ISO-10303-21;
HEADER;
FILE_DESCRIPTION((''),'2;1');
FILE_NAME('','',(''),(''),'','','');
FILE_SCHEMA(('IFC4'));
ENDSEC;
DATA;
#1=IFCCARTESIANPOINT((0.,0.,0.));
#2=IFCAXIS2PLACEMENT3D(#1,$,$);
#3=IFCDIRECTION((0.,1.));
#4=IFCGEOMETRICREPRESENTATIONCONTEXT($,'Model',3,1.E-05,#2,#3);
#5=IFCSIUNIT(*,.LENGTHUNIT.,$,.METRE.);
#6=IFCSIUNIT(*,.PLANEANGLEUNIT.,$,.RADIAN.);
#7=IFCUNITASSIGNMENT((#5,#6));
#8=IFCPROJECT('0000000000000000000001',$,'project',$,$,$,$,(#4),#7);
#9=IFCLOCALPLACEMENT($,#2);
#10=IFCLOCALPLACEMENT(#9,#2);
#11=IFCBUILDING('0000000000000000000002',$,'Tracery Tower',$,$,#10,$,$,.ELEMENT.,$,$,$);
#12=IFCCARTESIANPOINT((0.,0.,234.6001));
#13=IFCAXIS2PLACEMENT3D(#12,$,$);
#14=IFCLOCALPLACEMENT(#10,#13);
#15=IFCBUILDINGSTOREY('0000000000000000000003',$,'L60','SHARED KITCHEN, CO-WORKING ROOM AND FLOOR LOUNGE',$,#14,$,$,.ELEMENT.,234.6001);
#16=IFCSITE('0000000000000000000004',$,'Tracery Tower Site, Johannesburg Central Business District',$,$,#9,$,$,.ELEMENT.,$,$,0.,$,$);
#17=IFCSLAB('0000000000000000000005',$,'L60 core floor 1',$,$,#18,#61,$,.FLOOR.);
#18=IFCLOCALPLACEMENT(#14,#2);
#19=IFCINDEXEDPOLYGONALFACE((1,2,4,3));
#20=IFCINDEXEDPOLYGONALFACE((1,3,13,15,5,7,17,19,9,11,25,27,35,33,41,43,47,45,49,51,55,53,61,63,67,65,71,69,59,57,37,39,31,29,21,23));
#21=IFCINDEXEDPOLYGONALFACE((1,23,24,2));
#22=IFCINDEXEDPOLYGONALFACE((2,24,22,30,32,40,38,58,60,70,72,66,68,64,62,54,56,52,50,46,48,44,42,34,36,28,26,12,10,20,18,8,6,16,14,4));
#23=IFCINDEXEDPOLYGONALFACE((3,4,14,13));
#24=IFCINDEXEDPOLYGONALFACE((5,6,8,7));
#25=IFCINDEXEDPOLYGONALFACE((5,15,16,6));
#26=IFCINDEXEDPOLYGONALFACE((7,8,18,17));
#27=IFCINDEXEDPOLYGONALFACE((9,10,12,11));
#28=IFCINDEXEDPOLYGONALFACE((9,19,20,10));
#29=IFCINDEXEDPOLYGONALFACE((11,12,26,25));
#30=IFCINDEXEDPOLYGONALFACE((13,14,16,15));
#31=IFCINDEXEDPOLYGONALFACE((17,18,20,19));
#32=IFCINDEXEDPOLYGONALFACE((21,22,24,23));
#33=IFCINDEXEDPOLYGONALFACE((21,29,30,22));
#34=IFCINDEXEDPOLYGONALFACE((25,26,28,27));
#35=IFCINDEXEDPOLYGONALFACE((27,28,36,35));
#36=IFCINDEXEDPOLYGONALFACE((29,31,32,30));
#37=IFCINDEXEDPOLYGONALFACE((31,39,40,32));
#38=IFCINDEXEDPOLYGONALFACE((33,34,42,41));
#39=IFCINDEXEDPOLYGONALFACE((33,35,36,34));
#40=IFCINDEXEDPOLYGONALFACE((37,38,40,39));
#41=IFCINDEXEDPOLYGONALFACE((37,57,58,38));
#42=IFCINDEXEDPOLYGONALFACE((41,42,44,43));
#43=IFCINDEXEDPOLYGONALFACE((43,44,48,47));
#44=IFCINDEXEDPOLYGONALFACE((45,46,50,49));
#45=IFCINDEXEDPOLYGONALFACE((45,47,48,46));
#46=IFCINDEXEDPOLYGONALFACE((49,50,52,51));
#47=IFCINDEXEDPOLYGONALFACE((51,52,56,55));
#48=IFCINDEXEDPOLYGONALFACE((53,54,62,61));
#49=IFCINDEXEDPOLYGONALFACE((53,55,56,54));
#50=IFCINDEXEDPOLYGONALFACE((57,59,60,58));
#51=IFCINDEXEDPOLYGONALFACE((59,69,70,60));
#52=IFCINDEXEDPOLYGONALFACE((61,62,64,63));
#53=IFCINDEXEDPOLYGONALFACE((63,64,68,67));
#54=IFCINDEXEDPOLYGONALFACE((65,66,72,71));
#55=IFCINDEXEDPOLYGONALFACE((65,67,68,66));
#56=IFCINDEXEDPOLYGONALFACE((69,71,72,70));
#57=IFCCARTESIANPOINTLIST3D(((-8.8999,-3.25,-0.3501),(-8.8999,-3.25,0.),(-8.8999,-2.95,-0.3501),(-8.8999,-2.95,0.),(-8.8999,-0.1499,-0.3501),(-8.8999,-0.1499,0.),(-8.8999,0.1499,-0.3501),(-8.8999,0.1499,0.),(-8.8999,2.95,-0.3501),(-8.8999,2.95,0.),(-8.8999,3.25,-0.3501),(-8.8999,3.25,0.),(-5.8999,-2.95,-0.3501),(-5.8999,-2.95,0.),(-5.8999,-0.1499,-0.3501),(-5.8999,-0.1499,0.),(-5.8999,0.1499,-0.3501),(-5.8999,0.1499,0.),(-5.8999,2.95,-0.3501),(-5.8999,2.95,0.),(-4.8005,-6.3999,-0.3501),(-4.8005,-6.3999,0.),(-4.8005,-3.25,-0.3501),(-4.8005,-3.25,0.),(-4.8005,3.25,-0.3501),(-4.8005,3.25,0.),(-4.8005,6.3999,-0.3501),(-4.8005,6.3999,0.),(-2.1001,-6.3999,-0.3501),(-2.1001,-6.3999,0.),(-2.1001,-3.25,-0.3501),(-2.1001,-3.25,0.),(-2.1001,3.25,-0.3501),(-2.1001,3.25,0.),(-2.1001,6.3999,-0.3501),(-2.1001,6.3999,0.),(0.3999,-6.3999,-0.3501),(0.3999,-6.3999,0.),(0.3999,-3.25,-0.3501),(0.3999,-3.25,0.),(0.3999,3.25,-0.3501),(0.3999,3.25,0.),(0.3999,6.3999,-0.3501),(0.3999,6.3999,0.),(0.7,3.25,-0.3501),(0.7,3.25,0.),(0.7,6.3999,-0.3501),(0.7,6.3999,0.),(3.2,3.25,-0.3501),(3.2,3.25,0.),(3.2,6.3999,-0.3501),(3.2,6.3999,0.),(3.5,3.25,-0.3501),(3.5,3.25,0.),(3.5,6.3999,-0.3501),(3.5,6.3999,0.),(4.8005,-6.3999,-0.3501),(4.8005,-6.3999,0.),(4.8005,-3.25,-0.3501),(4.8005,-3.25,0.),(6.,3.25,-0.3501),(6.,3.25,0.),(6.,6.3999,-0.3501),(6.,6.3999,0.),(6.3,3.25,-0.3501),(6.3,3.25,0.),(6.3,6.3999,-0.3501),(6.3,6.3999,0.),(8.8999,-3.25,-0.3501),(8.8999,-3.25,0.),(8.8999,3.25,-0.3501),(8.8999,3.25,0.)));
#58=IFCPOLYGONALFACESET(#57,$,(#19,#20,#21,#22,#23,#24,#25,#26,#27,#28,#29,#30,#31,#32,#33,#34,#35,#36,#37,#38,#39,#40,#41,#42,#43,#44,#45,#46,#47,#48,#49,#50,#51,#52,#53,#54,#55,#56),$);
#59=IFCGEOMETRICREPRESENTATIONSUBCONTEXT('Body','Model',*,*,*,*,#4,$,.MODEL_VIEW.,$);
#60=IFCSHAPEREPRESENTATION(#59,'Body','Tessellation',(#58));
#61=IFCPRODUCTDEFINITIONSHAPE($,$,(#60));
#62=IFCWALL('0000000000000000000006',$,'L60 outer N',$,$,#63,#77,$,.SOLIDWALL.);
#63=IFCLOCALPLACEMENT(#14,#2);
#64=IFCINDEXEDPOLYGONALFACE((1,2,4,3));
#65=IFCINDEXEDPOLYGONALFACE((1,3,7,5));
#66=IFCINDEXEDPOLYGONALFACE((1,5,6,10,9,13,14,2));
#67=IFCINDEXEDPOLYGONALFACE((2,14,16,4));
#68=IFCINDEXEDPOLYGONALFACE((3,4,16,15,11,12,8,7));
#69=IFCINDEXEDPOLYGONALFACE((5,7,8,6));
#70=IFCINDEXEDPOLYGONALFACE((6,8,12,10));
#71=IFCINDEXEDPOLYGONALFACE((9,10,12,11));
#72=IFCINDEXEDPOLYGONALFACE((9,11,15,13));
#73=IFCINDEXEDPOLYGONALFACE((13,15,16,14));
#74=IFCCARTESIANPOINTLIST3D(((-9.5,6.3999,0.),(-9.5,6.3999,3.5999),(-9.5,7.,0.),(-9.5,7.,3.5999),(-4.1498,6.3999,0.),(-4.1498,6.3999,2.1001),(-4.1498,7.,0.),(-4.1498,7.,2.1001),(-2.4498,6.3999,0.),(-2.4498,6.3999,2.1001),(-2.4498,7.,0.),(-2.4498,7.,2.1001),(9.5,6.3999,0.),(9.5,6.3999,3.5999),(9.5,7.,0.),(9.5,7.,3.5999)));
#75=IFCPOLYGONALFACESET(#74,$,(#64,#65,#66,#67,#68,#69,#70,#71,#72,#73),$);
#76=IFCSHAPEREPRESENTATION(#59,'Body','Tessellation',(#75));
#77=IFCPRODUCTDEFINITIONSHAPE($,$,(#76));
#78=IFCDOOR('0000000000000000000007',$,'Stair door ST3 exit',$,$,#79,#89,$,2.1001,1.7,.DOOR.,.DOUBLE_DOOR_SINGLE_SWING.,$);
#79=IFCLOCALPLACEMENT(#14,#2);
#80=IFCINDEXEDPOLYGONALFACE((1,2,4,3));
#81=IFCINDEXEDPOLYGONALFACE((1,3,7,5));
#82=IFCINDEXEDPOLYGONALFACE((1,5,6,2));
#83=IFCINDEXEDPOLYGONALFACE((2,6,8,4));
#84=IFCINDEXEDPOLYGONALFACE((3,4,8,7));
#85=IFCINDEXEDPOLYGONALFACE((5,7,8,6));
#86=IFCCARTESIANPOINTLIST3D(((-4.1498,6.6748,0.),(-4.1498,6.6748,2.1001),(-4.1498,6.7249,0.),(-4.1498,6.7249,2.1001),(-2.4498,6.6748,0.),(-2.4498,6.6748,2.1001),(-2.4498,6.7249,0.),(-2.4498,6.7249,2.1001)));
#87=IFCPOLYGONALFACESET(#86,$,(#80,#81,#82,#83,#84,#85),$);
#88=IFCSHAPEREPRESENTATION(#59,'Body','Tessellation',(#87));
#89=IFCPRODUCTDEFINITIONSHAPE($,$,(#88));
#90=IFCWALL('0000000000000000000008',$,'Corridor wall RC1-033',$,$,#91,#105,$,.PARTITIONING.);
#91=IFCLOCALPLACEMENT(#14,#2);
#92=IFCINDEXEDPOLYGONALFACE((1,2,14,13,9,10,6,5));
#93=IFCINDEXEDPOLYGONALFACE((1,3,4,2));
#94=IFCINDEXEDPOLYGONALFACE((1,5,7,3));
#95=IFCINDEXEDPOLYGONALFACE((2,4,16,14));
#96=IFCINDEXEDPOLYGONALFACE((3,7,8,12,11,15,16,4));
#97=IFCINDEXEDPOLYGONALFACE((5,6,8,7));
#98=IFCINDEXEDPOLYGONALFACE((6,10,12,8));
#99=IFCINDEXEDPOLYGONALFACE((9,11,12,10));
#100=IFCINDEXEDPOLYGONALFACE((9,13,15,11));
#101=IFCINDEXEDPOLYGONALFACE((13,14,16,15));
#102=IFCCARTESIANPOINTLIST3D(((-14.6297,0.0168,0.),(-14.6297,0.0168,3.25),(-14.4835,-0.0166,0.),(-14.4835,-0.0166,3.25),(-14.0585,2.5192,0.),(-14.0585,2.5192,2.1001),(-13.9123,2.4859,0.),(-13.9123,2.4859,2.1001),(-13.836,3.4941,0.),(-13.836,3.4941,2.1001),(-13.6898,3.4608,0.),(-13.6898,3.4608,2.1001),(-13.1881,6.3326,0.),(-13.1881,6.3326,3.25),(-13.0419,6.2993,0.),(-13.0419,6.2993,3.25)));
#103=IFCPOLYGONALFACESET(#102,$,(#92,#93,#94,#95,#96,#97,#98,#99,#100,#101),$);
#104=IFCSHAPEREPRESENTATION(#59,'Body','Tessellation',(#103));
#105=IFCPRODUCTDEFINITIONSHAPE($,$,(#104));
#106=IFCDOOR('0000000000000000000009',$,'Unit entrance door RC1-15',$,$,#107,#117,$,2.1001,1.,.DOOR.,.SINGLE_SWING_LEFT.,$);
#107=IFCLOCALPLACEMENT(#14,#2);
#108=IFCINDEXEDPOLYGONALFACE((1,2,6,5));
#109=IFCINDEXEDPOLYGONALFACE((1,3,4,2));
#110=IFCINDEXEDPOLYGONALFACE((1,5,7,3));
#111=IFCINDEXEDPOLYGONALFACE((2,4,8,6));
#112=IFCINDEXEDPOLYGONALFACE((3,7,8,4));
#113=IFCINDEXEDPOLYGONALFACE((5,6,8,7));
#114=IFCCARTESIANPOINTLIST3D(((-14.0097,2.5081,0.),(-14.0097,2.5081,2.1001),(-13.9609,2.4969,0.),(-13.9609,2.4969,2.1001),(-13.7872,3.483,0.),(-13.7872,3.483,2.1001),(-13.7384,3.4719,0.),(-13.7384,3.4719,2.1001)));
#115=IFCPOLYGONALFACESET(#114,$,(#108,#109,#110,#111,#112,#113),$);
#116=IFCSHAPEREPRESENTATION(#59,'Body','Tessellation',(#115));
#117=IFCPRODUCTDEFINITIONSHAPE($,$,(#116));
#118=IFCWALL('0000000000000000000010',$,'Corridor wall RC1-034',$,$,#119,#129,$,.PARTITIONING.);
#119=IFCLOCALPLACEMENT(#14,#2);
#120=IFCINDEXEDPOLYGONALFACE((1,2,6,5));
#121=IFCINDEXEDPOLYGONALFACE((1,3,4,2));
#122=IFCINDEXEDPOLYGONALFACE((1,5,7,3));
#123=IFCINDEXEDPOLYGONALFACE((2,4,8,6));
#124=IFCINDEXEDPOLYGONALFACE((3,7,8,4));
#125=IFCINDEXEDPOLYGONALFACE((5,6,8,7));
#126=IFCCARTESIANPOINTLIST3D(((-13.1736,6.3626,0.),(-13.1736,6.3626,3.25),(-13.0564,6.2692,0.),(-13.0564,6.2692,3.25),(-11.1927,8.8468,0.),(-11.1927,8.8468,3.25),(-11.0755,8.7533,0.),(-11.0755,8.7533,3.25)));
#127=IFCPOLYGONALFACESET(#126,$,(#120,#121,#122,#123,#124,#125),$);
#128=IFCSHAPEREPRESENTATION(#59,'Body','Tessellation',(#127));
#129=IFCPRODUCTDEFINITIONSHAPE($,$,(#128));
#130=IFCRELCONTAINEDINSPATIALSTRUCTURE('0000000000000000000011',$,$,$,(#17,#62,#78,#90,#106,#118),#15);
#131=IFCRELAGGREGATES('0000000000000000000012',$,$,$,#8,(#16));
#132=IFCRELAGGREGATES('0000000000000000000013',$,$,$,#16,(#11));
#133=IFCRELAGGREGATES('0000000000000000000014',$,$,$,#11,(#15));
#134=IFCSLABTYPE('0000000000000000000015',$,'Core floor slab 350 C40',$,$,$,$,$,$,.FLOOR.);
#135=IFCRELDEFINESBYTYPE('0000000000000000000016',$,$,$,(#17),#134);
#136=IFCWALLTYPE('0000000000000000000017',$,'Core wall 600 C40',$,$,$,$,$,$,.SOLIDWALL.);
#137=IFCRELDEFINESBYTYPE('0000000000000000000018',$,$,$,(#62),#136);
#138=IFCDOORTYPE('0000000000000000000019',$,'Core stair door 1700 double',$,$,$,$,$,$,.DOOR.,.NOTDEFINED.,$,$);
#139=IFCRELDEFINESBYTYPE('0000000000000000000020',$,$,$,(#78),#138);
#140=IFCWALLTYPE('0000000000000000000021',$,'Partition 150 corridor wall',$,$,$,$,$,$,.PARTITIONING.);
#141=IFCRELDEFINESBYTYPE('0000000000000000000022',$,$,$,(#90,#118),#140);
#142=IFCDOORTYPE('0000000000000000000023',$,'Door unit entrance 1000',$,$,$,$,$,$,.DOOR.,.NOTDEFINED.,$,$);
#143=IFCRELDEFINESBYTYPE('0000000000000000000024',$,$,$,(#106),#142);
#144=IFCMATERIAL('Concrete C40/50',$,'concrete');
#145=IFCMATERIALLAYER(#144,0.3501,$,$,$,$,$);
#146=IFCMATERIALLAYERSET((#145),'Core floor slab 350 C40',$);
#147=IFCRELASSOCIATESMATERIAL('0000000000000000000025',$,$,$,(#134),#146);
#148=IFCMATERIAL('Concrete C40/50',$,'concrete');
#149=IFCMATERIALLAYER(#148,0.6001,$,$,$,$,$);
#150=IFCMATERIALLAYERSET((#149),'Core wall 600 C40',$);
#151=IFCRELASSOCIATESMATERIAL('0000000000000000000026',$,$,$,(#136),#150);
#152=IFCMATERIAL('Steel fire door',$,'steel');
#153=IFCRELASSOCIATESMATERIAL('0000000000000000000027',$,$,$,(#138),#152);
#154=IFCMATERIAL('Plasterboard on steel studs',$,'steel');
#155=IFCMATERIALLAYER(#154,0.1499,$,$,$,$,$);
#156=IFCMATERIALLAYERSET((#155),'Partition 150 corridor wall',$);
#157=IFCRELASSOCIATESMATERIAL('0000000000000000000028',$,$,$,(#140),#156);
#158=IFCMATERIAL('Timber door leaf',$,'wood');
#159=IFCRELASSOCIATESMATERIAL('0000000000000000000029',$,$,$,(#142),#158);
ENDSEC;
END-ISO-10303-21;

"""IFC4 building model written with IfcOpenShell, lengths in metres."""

from ifc_helpers import new_model, si_unit, direction, frame, frame_2d, origin, place, context, subcontext, project, spatial, polyline, rectangle, outline, extrude, material, layer, layer_set, type_object, element, fill, save


model = new_model("IFC4")

# Units and contexts
model_context = context("Model", 3, precision=1e-05, world=origin(), true_north=direction((0.0, 1.0)))
body_context = subcontext(model_context, "Body", "Model", "MODEL_VIEW")
ifc_project = project(units=[si_unit("LENGTHUNIT", "METRE"), si_unit("PLANEANGLEUNIT", "RADIAN")], contexts=[model_context])

# Site, building, storey
site_placement = place(None, origin())
site = spatial("IfcSite", under=ifc_project, at=site_placement, Name="Tracery Tower Site, Johannesburg Central Business District", CompositionType="ELEMENT", RefElevation=0.0)
building_placement = place(site_placement, origin())
building = spatial("IfcBuilding", under=site, at=building_placement, Name="Tracery Tower", CompositionType="ELEMENT")
storey_placement = place(building_placement, frame((0.0, 0.0, 234.6001)))
storey = spatial("IfcBuildingStorey", under=building, at=storey_placement, Name="L60", Description="SHARED KITCHEN, CO-WORKING ROOM AND FLOOR LOUNGE", CompositionType="ELEMENT", Elevation=234.6001)

# Slab
ifc_material_1 = material(Name="Concrete C40/50", Category="concrete")
ifc_layer_1 = layer(ifc_material_1, 0.3501)
ifc_layer_set_1 = layer_set([ifc_layer_1], Name="Core floor slab 350 C40")
slab_type = type_object("IfcSlabType", Name="Core floor slab 350 C40", PredefinedType="FLOOR", material=ifc_layer_set_1)
slab_placement = place(storey_placement, frame((0.0, 0.0, -0.3501)))
element("IfcSlab", 1, at=slab_placement, inside=storey, type_object=slab_type, Name="L60 core floor 1", PredefinedType="FLOOR", context=body_context, shape_type="SweptSolid", body=[
    extrude(outline(polyline([(-4.8005, -3.25), (-8.8999, -3.25), (-8.8999, -2.95), (-5.8999, -2.95), (-5.8999, -0.1499), (-8.8999, -0.1499), (-8.8999, 0.1499), (-5.8999, 0.1499), (-5.8999, 2.95), (-8.8999, 2.95), (-8.8999, 3.25), (-4.8005, 3.25), (-4.8005, 6.3999), (-2.1001, 6.3999), (-2.1001, 3.25), (0.3999, 3.25), (0.3999, 6.3999), (0.7, 6.3999), (0.7, 3.25), (3.2, 3.25), (3.2, 6.3999), (3.5, 6.3999), (3.5, 3.25), (6.0, 3.25), (6.0, 6.3999), (6.3, 6.3999), (6.3, 3.25), (8.8999, 3.25), (8.8999, -3.25), (4.8005, -3.25), (4.8005, -6.3999), (0.3999, -6.3999), (0.3999, -3.25), (-2.1001, -3.25), (-2.1001, -6.3999), (-4.8005, -6.3999), (-4.8005, -3.25)])), origin(), (0.0, 0.0, 1.0), 0.3501),
])

# Walls, openings, doors
ifc_material_2 = material(Name="Concrete C40/50", Category="concrete")
ifc_layer_2 = layer(ifc_material_2, 0.6001)
ifc_layer_set_2 = layer_set([ifc_layer_2], Name="Core wall 600 C40")
wall_type_1 = type_object("IfcWallType", Name="Core wall 600 C40", PredefinedType="SOLIDWALL", material=ifc_layer_set_2)
wall_1_placement = place(storey_placement, frame((-9.5, 6.7, 0.0), z_axis=(0.0, 0.0, 1.0), x_axis=(1.0, 0.0, 0.0)))
wall_1 = element("IfcWall", 2, at=wall_1_placement, inside=storey, type_object=wall_type_1, Name="L60 outer N", PredefinedType="SOLIDWALL", context=body_context, shape_type="SweptSolid", body=[
    extrude(rectangle(XDim=19.0, YDim=0.6001, at=frame_2d((9.5, 0.0))), origin(), (0.0, 0.0, 1.0), 3.5999),
])
opening_1_placement = place(wall_1_placement, frame((5.3501, 0.0, 0.0)))
opening_1 = element("IfcOpeningElement", 3, at=opening_1_placement, cuts=wall_1, PredefinedType="OPENING", context=body_context, shape_type="SweptSolid", body=[
    extrude(rectangle(XDim=1.7, YDim=2.1001, at=frame_2d((0.8501, 1.05))), frame((0.0, 0.3, 0.0), z_axis=(0.0, -1.0, 0.0), x_axis=(1.0, 0.0, 0.0)), (0.0, 0.0, 1.0), 0.6001),
])
ifc_material_3 = material(Name="Steel fire door", Category="steel")
door_type_1 = type_object("IfcDoorType", Name="Core stair door 1700 double", OperationType="NOTDEFINED", PredefinedType="DOOR", material=ifc_material_3)
door_1_placement = place(opening_1_placement, origin())
door_1 = element("IfcDoor", 4, at=door_1_placement, inside=storey, type_object=door_type_1, Name="Stair door ST3 exit", OperationType="DOUBLE_DOOR_SINGLE_SWING", OverallHeight=2.1001, OverallWidth=1.7, PredefinedType="DOOR", context=body_context, shape_type="SweptSolid", body=[
    extrude(rectangle(XDim=1.7, YDim=2.1001, at=frame_2d((0.8501, 1.05))), frame((0.0, 0.0249, 0.0), z_axis=(0.0, -1.0, 0.0), x_axis=(1.0, 0.0, 0.0)), (0.0, 0.0, 1.0), 0.05),
])
fill(opening_1, door_1)
ifc_material_4 = material(Name="Plasterboard on steel studs", Category="steel")
ifc_layer_3 = layer(ifc_material_4, 0.1499)
ifc_layer_set_3 = layer_set([ifc_layer_3], Name="Partition 150 corridor wall")
wall_type_2 = type_object("IfcWallType", Name="Partition 150 corridor wall", PredefinedType="PARTITIONING", material=ifc_layer_set_3)
wall_2_placement = place(storey_placement, frame((-14.5566, 0.0, 0.0), z_axis=(0.0, 0.0, 1.0), x_axis=(0.222533, 0.974925, 0.0)))
wall_2 = element("IfcWall", 5, at=wall_2_placement, inside=storey, type_object=wall_type_2, Name="Corridor wall RC1-033", PredefinedType="PARTITIONING", context=body_context, shape_type="SweptSolid", body=[
    extrude(rectangle(XDim=6.4783, YDim=0.1499, at=frame_2d((3.2393, 0.0))), origin(), (0.0, 0.0, 1.0), 3.25),
])
opening_2_placement = place(wall_2_placement, frame((2.5669, 0.0, 0.0)))
opening_2 = element("IfcOpeningElement", 6, at=opening_2_placement, cuts=wall_2, PredefinedType="OPENING", context=body_context, shape_type="SweptSolid", body=[
    extrude(rectangle(XDim=1.0, YDim=2.1001, at=frame_2d((0.5, 1.05))), frame((0.0, 0.075, 0.0), z_axis=(0.0, -1.0, 0.0), x_axis=(1.0, 0.0, 0.0)), (0.0, 0.0, 1.0), 0.1499),
])
ifc_material_5 = material(Name="Timber door leaf", Category="wood")
door_type_2 = type_object("IfcDoorType", Name="Door unit entrance 1000", OperationType="NOTDEFINED", PredefinedType="DOOR", material=ifc_material_5)
door_2_placement = place(opening_2_placement, origin())
door_2 = element("IfcDoor", 7, at=door_2_placement, inside=storey, type_object=door_type_2, Name="Unit entrance door RC1-15", OperationType="SINGLE_SWING_LEFT", OverallHeight=2.1001, OverallWidth=1.0, PredefinedType="DOOR", context=body_context, shape_type="SweptSolid", body=[
    extrude(rectangle(XDim=1.0, YDim=2.1001, at=frame_2d((0.5, 1.05))), frame((0.0, 0.0249, 0.0), z_axis=(0.0, -1.0, 0.0), x_axis=(1.0, 0.0, 0.0)), (0.0, 0.0, 1.0), 0.05),
])
fill(opening_2, door_2)

# Wall
wall_3_placement = place(storey_placement, frame((-13.115, 6.3159, 0.0), z_axis=(0.0, 0.0, 1.0), x_axis=(0.623476, 0.781842, 0.0)))
element("IfcWall", 8, at=wall_3_placement, inside=storey, type_object=wall_type_2, Name="Corridor wall RC1-034", PredefinedType="PARTITIONING", context=body_context, shape_type="SweptSolid", body=[
    extrude(rectangle(XDim=3.1772, YDim=0.1499, at=frame_2d((1.5886, 0.0))), origin(), (0.0, 0.0, 1.0), 3.25),
])

save(model, "model.ifc")
